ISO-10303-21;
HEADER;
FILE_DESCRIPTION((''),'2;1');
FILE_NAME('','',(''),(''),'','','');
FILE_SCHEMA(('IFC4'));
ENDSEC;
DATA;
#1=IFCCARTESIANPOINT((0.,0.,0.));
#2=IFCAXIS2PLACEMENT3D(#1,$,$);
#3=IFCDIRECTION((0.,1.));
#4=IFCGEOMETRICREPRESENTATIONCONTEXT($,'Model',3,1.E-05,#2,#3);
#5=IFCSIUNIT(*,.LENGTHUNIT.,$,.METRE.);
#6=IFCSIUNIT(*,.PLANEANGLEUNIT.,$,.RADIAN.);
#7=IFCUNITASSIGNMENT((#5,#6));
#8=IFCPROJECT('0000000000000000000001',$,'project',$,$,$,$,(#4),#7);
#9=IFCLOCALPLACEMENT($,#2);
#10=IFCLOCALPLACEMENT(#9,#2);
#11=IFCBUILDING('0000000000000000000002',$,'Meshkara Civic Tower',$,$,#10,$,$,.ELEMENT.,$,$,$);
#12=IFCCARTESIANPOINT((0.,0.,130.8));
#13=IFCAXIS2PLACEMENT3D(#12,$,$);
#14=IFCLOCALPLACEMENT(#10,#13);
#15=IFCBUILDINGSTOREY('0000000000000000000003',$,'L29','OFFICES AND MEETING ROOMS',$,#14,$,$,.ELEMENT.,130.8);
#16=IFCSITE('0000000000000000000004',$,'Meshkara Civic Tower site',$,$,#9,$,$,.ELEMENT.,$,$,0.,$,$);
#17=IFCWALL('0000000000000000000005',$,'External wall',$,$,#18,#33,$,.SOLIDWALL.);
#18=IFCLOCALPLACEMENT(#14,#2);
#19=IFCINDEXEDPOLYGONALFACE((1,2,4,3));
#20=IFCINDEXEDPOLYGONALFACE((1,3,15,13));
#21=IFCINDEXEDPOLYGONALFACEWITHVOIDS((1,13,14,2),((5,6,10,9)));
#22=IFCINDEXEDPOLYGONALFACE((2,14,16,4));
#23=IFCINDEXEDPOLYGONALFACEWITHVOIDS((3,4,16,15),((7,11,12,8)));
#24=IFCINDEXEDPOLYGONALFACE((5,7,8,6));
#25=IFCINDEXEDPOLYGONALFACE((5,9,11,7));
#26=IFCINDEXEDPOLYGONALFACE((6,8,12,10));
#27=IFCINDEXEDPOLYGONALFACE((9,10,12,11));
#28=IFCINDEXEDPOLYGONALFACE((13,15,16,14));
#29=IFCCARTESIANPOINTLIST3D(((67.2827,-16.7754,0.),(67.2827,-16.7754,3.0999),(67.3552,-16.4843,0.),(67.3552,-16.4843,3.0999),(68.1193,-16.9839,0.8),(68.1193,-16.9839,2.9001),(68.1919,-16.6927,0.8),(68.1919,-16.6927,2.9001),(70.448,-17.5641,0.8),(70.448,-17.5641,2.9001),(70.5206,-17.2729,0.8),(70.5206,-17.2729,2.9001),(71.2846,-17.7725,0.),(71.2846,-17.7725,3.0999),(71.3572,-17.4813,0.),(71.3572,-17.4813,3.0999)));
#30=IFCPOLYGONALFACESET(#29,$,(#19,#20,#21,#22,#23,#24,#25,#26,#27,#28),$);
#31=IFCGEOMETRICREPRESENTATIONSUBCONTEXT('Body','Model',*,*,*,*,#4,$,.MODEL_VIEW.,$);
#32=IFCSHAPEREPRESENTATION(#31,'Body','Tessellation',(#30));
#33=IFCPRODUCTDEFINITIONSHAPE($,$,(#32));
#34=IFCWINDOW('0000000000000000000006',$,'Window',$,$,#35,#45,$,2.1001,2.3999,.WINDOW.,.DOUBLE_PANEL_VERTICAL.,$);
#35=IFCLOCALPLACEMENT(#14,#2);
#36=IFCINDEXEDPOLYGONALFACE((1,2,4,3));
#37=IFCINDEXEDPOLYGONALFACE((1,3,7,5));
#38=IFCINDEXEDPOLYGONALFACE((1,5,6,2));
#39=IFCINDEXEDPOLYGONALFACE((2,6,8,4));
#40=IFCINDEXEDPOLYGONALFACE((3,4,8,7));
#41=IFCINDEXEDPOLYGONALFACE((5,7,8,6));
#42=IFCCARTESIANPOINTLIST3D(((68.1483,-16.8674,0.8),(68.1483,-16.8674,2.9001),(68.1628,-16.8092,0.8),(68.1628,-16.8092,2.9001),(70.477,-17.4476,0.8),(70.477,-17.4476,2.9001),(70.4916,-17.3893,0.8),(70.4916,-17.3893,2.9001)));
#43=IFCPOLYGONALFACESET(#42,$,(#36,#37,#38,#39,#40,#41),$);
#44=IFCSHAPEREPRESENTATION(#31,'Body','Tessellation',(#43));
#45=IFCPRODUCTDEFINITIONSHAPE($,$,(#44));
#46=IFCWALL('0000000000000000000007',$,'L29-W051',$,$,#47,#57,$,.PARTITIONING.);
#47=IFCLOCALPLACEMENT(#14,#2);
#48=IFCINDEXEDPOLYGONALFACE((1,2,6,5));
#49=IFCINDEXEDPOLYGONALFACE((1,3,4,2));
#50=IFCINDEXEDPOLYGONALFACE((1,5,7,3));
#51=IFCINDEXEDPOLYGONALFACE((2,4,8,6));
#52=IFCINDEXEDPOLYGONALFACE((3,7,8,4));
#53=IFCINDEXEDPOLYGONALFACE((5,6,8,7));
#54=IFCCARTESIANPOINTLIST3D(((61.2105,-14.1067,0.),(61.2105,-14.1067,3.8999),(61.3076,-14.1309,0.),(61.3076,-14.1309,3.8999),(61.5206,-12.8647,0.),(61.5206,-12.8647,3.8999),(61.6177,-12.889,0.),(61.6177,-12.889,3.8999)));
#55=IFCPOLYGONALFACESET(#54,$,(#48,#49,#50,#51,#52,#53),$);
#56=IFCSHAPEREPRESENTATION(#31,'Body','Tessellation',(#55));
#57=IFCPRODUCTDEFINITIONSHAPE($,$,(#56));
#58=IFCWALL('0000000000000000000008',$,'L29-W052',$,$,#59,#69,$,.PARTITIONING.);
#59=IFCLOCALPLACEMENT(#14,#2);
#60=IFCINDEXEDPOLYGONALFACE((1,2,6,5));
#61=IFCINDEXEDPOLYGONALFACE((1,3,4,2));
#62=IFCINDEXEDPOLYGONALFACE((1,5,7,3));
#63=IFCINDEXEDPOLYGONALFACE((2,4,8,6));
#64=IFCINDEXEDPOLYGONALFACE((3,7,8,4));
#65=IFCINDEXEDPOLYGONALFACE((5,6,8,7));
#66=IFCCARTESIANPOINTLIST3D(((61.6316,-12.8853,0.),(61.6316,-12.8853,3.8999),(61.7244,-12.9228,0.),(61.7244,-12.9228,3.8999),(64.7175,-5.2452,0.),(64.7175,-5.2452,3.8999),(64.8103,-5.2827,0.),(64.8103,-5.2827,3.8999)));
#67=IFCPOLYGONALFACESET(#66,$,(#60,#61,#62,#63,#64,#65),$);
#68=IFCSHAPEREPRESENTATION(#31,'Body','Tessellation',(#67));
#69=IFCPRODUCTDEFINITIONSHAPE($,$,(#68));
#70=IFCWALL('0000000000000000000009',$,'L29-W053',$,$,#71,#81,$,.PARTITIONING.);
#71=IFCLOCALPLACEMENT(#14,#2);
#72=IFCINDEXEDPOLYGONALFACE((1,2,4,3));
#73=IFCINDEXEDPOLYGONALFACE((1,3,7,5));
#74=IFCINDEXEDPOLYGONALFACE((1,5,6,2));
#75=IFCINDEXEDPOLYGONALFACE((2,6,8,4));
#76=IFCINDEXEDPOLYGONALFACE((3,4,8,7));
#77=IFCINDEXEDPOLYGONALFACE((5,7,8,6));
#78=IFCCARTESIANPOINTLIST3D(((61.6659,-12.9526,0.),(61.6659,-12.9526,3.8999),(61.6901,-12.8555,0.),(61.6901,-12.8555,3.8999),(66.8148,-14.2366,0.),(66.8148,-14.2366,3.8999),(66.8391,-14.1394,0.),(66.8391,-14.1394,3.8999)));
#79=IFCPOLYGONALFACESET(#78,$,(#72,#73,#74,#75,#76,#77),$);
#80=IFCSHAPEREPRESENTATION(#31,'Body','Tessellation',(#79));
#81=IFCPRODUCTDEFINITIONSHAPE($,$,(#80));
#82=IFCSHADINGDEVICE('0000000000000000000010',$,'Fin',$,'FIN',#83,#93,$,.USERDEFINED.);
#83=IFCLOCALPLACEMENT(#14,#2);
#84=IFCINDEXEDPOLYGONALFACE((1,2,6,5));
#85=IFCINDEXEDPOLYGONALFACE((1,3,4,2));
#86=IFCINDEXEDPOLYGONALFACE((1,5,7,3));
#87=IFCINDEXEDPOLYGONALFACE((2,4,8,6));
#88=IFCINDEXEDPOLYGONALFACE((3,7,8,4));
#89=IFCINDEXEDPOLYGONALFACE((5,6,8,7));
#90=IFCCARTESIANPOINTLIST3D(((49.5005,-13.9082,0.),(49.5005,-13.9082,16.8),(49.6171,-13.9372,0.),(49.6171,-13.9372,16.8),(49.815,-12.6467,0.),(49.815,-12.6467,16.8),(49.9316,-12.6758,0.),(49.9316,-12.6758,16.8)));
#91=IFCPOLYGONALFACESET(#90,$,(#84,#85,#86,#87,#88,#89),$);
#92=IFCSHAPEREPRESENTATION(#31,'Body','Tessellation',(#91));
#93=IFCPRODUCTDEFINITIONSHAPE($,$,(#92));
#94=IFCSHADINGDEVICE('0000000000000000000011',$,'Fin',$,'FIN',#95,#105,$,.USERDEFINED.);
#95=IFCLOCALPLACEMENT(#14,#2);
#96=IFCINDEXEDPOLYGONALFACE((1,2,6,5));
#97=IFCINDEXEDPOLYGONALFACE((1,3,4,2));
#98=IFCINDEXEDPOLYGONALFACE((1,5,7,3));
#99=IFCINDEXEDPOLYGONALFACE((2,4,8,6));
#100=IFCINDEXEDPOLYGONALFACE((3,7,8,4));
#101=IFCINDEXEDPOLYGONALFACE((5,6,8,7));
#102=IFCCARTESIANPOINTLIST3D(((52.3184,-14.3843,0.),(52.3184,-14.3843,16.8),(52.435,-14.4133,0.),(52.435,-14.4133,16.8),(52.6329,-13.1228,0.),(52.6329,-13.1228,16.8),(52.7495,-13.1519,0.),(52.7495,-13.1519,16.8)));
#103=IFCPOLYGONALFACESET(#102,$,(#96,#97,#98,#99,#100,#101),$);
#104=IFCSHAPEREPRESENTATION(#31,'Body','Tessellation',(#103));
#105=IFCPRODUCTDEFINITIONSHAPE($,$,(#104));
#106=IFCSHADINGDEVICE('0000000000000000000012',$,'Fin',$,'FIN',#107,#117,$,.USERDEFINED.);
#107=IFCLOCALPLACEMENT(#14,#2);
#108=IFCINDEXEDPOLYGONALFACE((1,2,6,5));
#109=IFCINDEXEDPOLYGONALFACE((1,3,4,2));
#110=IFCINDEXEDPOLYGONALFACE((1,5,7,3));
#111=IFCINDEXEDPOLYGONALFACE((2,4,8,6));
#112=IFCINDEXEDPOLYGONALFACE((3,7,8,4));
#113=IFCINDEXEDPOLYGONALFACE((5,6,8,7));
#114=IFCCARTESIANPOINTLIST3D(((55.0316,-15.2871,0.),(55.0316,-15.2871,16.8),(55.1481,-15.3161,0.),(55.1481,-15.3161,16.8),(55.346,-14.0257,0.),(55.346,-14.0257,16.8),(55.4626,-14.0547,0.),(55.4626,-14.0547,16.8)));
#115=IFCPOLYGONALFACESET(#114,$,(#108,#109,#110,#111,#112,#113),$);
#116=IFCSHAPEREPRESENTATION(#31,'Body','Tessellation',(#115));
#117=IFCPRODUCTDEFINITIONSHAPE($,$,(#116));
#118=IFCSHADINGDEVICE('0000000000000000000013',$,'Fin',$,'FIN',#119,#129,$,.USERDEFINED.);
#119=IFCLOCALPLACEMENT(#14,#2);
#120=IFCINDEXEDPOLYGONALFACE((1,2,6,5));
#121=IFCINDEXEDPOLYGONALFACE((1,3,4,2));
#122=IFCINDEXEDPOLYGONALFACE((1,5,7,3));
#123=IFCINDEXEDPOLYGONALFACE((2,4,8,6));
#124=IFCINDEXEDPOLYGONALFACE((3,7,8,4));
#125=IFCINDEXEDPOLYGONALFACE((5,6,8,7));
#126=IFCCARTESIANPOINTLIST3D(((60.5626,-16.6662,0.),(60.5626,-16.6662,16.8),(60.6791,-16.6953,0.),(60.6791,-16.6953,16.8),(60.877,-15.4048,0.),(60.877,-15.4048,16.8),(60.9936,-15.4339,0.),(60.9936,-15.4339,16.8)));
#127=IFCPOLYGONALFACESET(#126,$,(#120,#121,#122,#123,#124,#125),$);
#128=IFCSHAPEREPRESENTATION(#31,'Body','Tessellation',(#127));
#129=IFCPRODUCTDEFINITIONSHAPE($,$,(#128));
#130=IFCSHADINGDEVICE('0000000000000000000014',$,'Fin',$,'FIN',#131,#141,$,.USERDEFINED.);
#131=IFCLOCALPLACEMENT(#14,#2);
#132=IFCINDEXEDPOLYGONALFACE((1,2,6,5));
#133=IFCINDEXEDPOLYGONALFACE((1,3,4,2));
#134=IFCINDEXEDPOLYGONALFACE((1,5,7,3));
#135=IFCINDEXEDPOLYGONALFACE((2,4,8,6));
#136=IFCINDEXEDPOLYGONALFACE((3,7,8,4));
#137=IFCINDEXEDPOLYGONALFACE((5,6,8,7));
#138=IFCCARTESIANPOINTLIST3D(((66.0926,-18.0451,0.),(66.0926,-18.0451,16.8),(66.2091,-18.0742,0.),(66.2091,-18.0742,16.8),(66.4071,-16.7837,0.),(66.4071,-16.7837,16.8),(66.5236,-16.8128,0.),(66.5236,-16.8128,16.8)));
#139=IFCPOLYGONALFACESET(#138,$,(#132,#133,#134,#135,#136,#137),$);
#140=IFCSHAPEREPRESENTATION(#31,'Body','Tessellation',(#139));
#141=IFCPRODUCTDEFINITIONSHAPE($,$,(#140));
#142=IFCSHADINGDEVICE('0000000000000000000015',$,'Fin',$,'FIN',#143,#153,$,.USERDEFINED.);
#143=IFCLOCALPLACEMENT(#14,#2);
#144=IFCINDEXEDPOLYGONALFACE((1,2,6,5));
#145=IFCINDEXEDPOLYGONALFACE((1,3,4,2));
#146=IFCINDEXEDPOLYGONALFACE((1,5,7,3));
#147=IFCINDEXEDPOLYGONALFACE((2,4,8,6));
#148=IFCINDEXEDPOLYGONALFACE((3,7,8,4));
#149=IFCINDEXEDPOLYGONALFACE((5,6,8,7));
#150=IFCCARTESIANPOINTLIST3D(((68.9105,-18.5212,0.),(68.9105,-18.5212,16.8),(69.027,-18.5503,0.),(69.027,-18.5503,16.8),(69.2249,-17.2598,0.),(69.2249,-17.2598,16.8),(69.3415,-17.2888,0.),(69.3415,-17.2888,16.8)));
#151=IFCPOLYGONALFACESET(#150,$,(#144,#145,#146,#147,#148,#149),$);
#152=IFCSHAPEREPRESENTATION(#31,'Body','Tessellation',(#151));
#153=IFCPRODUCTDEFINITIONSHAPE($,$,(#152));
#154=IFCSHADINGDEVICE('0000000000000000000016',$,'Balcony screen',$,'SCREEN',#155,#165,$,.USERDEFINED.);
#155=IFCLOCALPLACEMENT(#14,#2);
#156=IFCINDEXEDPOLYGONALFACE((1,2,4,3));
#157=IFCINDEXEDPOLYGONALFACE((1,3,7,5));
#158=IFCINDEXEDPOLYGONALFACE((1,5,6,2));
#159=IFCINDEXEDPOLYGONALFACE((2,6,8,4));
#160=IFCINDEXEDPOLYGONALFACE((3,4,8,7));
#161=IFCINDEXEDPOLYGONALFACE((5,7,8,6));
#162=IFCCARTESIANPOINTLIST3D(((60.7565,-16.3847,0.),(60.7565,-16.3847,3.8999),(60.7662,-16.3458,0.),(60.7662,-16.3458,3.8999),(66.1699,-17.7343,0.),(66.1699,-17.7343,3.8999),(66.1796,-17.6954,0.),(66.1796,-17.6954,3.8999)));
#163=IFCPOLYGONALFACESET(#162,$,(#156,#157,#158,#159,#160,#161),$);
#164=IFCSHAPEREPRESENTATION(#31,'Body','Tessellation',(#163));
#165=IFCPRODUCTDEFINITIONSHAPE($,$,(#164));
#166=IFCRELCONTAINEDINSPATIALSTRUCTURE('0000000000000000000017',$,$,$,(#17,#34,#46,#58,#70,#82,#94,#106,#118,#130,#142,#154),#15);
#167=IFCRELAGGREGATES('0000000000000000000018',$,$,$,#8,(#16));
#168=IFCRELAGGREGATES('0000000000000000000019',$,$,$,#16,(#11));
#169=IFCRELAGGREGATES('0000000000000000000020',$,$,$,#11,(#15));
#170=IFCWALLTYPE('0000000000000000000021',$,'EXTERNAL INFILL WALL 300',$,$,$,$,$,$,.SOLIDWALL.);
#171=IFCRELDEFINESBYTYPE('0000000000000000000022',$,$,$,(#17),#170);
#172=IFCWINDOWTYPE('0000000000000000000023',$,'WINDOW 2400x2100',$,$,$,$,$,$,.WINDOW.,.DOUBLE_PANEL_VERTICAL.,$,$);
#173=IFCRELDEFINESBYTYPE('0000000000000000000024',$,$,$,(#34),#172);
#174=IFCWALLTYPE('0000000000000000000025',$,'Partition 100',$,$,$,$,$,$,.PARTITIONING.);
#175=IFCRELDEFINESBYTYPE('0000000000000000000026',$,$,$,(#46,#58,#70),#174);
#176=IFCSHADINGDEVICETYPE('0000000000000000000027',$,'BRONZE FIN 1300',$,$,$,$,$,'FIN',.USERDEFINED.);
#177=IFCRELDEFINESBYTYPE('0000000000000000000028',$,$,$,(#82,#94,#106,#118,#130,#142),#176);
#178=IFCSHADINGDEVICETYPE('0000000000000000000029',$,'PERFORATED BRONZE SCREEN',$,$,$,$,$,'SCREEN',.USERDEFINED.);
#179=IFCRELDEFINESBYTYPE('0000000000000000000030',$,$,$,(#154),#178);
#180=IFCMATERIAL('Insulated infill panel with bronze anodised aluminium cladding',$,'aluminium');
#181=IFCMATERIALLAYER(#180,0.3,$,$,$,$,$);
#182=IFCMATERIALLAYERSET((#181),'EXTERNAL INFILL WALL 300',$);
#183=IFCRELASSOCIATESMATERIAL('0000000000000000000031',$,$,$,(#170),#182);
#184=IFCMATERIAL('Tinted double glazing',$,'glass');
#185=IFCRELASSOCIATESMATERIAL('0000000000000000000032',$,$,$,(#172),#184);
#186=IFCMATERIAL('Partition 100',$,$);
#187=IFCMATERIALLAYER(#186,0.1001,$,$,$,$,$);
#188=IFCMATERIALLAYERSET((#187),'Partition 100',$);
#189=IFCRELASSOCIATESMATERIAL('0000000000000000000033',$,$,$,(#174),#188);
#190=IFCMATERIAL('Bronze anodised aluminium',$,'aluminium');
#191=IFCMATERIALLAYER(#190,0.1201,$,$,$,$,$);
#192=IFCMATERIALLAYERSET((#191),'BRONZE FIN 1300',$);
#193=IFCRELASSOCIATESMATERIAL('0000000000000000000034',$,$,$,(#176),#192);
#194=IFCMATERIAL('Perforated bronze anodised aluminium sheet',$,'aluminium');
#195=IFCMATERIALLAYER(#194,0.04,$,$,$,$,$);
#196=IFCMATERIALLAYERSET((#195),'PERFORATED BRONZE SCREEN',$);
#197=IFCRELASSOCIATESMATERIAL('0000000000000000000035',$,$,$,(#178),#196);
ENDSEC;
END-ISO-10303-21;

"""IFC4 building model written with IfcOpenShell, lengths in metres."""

from ifc_helpers import new_model, si_unit, direction, frame, frame_2d, origin, origin_2d, place, context, subcontext, project, spatial, rectangle, extrude, material, layer, layer_set, type_object, element, fill, save


model = new_model("IFC4")

# Units and contexts
model_context = context("Model", 3, precision=1e-05, world=origin(), true_north=direction((0.0, 1.0)))
body_context = subcontext(model_context, "Body", "Model", "MODEL_VIEW")
ifc_project = project(units=[si_unit("LENGTHUNIT", "METRE"), si_unit("PLANEANGLEUNIT", "RADIAN")], contexts=[model_context])

# Site, building, storey
site_placement = place(None, origin())
site = spatial("IfcSite", under=ifc_project, at=site_placement, Name="Meshkara Civic Tower site", CompositionType="ELEMENT", RefElevation=0.0)
building_placement = place(site_placement, origin())
building = spatial("IfcBuilding", under=site, at=building_placement, Name="Meshkara Civic Tower", CompositionType="ELEMENT")
storey_placement = place(building_placement, frame((0.0, 0.0, 130.8)))
storey = spatial("IfcBuildingStorey", under=building, at=storey_placement, Name="L29", Description="OFFICES AND MEETING ROOMS", CompositionType="ELEMENT", Elevation=130.8)

# Wall, opening, window
ifc_material_1 = material(Name="Insulated infill panel with bronze anodised aluminium cladding", Category="aluminium")
ifc_layer_1 = layer(ifc_material_1, 0.3)
ifc_layer_set_1 = layer_set([ifc_layer_1], Name="EXTERNAL INFILL WALL 300")
wall_type_1 = type_object("IfcWallType", Name="EXTERNAL INFILL WALL 300", PredefinedType="SOLIDWALL", material=ifc_layer_set_1)
ifc_material_2 = material(Name="Tinted double glazing", Category="glass")
window_type = type_object("IfcWindowType", Name="WINDOW 2400x2100", PartitioningType="DOUBLE_PANEL_VERTICAL", PredefinedType="WINDOW", material=ifc_material_2)
wall_1_placement = place(storey_placement, frame((67.3191, -16.6299, 0.0), z_axis=(0.0, 0.0, 1.0), x_axis=(0.970337, -0.241756, 0.0)))
wall_1 = element("IfcWall", 1, at=wall_1_placement, inside=storey, type_object=wall_type_1, Name="External wall", PredefinedType="SOLIDWALL", context=body_context, shape_type="SweptSolid", body=[
    extrude(rectangle(XDim=4.1243, YDim=0.3, at=frame_2d((2.062, 0.0))), origin(), (0.0, 0.0, 1.0), 3.0999),
])
opening_1_placement = place(wall_1_placement, frame((0.8621, 0.0, 0.8)))
opening_1 = element("IfcOpeningElement", 2, at=opening_1_placement, cuts=wall_1, PredefinedType="OPENING", context=body_context, shape_type="SweptSolid", body=[
    extrude(rectangle(XDim=2.3999, YDim=2.1001, at=frame_2d((1.2, 1.05))), frame((0.0, 0.1599, 0.0), z_axis=(0.0, -1.0, 0.0), x_axis=(1.0, 0.0, 0.0)), (0.0, 0.0, 1.0), 0.3201),
])
window_1_placement = place(opening_1_placement, origin())
window_1 = element("IfcWindow", 3, at=window_1_placement, inside=storey, type_object=window_type, Name="Window", OverallHeight=2.1001, OverallWidth=2.3999, PartitioningType="DOUBLE_PANEL_VERTICAL", PredefinedType="WINDOW", context=body_context, shape_type="SweptSolid", body=[
    extrude(rectangle(XDim=2.3999, YDim=2.1001, at=frame_2d((1.2, 1.05))), frame((0.0, 0.03, 0.0), z_axis=(0.0, -1.0, 0.0), x_axis=(1.0, 0.0, 0.0)), (0.0, 0.0, 1.0), 0.0601),
])
fill(opening_1, window_1)

# Walls
ifc_material_3 = material(Name="Partition 100")
ifc_layer_2 = layer(ifc_material_3, 0.1001)
ifc_layer_set_2 = layer_set([ifc_layer_2], Name="Partition 100")
wall_type_2 = type_object("IfcWallType", Name="Partition 100", PredefinedType="PARTITIONING", material=ifc_layer_set_2)
wall_2_placement = place(storey_placement, frame((61.259, -14.1189, 0.0), z_axis=(0.0, 0.0, 1.0), x_axis=(0.242221, 0.970221, 0.0)))
element("IfcWall", 4, at=wall_2_placement, inside=storey, type_object=wall_type_2, Name="L29-W051", PredefinedType="PARTITIONING", context=body_context, shape_type="SweptSolid", body=[
    extrude(rectangle(XDim=1.28, YDim=0.1001, at=frame_2d((0.6401, 0.0))), origin(), (0.0, 0.0, 1.0), 3.8999),
])
wall_3_placement = place(storey_placement, frame((61.678, -12.9041, 0.0), z_axis=(0.0, 0.0, 1.0), x_axis=(0.374515, 0.927221, 0.0)))
element("IfcWall", 5, at=wall_3_placement, inside=storey, type_object=wall_type_2, Name="L29-W052", PredefinedType="PARTITIONING", context=body_context, shape_type="SweptSolid", body=[
    extrude(rectangle(XDim=8.2397, YDim=0.1001, at=frame_2d((4.1199, 0.0))), origin(), (0.0, 0.0, 1.0), 3.8999),
])
wall_4_placement = place(storey_placement, frame((61.678, -12.9041, 0.0), z_axis=(0.0, 0.0, 1.0), x_axis=(0.970288, -0.241951, 0.0)))
element("IfcWall", 6, at=wall_4_placement, inside=storey, type_object=wall_type_2, Name="L29-W053", PredefinedType="PARTITIONING", context=body_context, shape_type="SweptSolid", body=[
    extrude(rectangle(XDim=5.3066, YDim=0.1001, at=frame_2d((2.6533, 0.0))), origin(), (0.0, 0.0, 1.0), 3.8999),
])

# Shading devices
ifc_material_4 = material(Name="Bronze anodised aluminium", Category="aluminium")
ifc_layer_3 = layer(ifc_material_4, 0.1201)
ifc_layer_set_3 = layer_set([ifc_layer_3], Name="BRONZE FIN 1300")
shading_device_type_1 = type_object("IfcShadingDeviceType", Name="BRONZE FIN 1300", ElementType="FIN", PredefinedType="USERDEFINED", material=ifc_layer_set_3)
for number, where, z_axis, x_axis, name in (
    (7, (49.7161, -13.292, 0.0), (0.0, 0.0, 1.0), (0.9703, -0.241905, 0.0), "Fin"),
    (8, (52.5339, -13.7681, 0.0), (0.0, 0.0, 1.0), (0.9703, -0.241905, 0.0), "Fin"),
    (9, (55.2471, -14.6709, 0.0), (0.0, 0.0, 1.0), (0.9703, -0.241905, 0.0), "Fin"),
    (10, (60.7781, -16.05, 0.0), (0.0, 0.0, 1.0), (0.9703, -0.241905, 0.0), "Fin"),
    (11, (66.3081, -17.429, 0.0), (0.0, 0.0, 1.0), (0.9703, -0.241905, 0.0), "Fin"),
    (12, (69.126, -17.905, 0.0), (0.0, 0.0, 1.0), (0.9703, -0.241905, 0.0), "Fin"),
):
    element("IfcShadingDevice", number, at=place(storey_placement, frame(where, z_axis=z_axis, x_axis=x_axis)), inside=storey, type_object=shading_device_type_1, Name=name, ObjectType="FIN", PredefinedType="USERDEFINED", context=body_context, shape_type="SweptSolid", body=[
        extrude(rectangle(XDim=0.1201, YDim=1.3, at=origin_2d()), origin(), (0.0, 0.0, 1.0), 16.8),
    ])
ifc_material_5 = material(Name="Perforated bronze anodised aluminium sheet", Category="aluminium")
ifc_layer_4 = layer(ifc_material_5, 0.04)
ifc_layer_set_4 = layer_set([ifc_layer_4], Name="PERFORATED BRONZE SCREEN")
shading_device_type_2 = type_object("IfcShadingDeviceType", Name="PERFORATED BRONZE SCREEN", ElementType="SCREEN", PredefinedType="USERDEFINED", material=ifc_layer_set_4)
shading_device_placement = place(storey_placement, frame((63.468, -17.04, 0.0), z_axis=(0.0, 0.0, 1.0), x_axis=(0.9703, -0.241905, 0.0)))
element("IfcShadingDevice", 13, at=shading_device_placement, inside=storey, type_object=shading_device_type_2, Name="Balcony screen", ObjectType="SCREEN", PredefinedType="USERDEFINED", context=body_context, shape_type="SweptSolid", body=[
    extrude(rectangle(XDim=5.5791, YDim=0.04, at=origin_2d()), origin(), (0.0, 0.0, 1.0), 3.8999),
])

save(model, "model.ifc")
